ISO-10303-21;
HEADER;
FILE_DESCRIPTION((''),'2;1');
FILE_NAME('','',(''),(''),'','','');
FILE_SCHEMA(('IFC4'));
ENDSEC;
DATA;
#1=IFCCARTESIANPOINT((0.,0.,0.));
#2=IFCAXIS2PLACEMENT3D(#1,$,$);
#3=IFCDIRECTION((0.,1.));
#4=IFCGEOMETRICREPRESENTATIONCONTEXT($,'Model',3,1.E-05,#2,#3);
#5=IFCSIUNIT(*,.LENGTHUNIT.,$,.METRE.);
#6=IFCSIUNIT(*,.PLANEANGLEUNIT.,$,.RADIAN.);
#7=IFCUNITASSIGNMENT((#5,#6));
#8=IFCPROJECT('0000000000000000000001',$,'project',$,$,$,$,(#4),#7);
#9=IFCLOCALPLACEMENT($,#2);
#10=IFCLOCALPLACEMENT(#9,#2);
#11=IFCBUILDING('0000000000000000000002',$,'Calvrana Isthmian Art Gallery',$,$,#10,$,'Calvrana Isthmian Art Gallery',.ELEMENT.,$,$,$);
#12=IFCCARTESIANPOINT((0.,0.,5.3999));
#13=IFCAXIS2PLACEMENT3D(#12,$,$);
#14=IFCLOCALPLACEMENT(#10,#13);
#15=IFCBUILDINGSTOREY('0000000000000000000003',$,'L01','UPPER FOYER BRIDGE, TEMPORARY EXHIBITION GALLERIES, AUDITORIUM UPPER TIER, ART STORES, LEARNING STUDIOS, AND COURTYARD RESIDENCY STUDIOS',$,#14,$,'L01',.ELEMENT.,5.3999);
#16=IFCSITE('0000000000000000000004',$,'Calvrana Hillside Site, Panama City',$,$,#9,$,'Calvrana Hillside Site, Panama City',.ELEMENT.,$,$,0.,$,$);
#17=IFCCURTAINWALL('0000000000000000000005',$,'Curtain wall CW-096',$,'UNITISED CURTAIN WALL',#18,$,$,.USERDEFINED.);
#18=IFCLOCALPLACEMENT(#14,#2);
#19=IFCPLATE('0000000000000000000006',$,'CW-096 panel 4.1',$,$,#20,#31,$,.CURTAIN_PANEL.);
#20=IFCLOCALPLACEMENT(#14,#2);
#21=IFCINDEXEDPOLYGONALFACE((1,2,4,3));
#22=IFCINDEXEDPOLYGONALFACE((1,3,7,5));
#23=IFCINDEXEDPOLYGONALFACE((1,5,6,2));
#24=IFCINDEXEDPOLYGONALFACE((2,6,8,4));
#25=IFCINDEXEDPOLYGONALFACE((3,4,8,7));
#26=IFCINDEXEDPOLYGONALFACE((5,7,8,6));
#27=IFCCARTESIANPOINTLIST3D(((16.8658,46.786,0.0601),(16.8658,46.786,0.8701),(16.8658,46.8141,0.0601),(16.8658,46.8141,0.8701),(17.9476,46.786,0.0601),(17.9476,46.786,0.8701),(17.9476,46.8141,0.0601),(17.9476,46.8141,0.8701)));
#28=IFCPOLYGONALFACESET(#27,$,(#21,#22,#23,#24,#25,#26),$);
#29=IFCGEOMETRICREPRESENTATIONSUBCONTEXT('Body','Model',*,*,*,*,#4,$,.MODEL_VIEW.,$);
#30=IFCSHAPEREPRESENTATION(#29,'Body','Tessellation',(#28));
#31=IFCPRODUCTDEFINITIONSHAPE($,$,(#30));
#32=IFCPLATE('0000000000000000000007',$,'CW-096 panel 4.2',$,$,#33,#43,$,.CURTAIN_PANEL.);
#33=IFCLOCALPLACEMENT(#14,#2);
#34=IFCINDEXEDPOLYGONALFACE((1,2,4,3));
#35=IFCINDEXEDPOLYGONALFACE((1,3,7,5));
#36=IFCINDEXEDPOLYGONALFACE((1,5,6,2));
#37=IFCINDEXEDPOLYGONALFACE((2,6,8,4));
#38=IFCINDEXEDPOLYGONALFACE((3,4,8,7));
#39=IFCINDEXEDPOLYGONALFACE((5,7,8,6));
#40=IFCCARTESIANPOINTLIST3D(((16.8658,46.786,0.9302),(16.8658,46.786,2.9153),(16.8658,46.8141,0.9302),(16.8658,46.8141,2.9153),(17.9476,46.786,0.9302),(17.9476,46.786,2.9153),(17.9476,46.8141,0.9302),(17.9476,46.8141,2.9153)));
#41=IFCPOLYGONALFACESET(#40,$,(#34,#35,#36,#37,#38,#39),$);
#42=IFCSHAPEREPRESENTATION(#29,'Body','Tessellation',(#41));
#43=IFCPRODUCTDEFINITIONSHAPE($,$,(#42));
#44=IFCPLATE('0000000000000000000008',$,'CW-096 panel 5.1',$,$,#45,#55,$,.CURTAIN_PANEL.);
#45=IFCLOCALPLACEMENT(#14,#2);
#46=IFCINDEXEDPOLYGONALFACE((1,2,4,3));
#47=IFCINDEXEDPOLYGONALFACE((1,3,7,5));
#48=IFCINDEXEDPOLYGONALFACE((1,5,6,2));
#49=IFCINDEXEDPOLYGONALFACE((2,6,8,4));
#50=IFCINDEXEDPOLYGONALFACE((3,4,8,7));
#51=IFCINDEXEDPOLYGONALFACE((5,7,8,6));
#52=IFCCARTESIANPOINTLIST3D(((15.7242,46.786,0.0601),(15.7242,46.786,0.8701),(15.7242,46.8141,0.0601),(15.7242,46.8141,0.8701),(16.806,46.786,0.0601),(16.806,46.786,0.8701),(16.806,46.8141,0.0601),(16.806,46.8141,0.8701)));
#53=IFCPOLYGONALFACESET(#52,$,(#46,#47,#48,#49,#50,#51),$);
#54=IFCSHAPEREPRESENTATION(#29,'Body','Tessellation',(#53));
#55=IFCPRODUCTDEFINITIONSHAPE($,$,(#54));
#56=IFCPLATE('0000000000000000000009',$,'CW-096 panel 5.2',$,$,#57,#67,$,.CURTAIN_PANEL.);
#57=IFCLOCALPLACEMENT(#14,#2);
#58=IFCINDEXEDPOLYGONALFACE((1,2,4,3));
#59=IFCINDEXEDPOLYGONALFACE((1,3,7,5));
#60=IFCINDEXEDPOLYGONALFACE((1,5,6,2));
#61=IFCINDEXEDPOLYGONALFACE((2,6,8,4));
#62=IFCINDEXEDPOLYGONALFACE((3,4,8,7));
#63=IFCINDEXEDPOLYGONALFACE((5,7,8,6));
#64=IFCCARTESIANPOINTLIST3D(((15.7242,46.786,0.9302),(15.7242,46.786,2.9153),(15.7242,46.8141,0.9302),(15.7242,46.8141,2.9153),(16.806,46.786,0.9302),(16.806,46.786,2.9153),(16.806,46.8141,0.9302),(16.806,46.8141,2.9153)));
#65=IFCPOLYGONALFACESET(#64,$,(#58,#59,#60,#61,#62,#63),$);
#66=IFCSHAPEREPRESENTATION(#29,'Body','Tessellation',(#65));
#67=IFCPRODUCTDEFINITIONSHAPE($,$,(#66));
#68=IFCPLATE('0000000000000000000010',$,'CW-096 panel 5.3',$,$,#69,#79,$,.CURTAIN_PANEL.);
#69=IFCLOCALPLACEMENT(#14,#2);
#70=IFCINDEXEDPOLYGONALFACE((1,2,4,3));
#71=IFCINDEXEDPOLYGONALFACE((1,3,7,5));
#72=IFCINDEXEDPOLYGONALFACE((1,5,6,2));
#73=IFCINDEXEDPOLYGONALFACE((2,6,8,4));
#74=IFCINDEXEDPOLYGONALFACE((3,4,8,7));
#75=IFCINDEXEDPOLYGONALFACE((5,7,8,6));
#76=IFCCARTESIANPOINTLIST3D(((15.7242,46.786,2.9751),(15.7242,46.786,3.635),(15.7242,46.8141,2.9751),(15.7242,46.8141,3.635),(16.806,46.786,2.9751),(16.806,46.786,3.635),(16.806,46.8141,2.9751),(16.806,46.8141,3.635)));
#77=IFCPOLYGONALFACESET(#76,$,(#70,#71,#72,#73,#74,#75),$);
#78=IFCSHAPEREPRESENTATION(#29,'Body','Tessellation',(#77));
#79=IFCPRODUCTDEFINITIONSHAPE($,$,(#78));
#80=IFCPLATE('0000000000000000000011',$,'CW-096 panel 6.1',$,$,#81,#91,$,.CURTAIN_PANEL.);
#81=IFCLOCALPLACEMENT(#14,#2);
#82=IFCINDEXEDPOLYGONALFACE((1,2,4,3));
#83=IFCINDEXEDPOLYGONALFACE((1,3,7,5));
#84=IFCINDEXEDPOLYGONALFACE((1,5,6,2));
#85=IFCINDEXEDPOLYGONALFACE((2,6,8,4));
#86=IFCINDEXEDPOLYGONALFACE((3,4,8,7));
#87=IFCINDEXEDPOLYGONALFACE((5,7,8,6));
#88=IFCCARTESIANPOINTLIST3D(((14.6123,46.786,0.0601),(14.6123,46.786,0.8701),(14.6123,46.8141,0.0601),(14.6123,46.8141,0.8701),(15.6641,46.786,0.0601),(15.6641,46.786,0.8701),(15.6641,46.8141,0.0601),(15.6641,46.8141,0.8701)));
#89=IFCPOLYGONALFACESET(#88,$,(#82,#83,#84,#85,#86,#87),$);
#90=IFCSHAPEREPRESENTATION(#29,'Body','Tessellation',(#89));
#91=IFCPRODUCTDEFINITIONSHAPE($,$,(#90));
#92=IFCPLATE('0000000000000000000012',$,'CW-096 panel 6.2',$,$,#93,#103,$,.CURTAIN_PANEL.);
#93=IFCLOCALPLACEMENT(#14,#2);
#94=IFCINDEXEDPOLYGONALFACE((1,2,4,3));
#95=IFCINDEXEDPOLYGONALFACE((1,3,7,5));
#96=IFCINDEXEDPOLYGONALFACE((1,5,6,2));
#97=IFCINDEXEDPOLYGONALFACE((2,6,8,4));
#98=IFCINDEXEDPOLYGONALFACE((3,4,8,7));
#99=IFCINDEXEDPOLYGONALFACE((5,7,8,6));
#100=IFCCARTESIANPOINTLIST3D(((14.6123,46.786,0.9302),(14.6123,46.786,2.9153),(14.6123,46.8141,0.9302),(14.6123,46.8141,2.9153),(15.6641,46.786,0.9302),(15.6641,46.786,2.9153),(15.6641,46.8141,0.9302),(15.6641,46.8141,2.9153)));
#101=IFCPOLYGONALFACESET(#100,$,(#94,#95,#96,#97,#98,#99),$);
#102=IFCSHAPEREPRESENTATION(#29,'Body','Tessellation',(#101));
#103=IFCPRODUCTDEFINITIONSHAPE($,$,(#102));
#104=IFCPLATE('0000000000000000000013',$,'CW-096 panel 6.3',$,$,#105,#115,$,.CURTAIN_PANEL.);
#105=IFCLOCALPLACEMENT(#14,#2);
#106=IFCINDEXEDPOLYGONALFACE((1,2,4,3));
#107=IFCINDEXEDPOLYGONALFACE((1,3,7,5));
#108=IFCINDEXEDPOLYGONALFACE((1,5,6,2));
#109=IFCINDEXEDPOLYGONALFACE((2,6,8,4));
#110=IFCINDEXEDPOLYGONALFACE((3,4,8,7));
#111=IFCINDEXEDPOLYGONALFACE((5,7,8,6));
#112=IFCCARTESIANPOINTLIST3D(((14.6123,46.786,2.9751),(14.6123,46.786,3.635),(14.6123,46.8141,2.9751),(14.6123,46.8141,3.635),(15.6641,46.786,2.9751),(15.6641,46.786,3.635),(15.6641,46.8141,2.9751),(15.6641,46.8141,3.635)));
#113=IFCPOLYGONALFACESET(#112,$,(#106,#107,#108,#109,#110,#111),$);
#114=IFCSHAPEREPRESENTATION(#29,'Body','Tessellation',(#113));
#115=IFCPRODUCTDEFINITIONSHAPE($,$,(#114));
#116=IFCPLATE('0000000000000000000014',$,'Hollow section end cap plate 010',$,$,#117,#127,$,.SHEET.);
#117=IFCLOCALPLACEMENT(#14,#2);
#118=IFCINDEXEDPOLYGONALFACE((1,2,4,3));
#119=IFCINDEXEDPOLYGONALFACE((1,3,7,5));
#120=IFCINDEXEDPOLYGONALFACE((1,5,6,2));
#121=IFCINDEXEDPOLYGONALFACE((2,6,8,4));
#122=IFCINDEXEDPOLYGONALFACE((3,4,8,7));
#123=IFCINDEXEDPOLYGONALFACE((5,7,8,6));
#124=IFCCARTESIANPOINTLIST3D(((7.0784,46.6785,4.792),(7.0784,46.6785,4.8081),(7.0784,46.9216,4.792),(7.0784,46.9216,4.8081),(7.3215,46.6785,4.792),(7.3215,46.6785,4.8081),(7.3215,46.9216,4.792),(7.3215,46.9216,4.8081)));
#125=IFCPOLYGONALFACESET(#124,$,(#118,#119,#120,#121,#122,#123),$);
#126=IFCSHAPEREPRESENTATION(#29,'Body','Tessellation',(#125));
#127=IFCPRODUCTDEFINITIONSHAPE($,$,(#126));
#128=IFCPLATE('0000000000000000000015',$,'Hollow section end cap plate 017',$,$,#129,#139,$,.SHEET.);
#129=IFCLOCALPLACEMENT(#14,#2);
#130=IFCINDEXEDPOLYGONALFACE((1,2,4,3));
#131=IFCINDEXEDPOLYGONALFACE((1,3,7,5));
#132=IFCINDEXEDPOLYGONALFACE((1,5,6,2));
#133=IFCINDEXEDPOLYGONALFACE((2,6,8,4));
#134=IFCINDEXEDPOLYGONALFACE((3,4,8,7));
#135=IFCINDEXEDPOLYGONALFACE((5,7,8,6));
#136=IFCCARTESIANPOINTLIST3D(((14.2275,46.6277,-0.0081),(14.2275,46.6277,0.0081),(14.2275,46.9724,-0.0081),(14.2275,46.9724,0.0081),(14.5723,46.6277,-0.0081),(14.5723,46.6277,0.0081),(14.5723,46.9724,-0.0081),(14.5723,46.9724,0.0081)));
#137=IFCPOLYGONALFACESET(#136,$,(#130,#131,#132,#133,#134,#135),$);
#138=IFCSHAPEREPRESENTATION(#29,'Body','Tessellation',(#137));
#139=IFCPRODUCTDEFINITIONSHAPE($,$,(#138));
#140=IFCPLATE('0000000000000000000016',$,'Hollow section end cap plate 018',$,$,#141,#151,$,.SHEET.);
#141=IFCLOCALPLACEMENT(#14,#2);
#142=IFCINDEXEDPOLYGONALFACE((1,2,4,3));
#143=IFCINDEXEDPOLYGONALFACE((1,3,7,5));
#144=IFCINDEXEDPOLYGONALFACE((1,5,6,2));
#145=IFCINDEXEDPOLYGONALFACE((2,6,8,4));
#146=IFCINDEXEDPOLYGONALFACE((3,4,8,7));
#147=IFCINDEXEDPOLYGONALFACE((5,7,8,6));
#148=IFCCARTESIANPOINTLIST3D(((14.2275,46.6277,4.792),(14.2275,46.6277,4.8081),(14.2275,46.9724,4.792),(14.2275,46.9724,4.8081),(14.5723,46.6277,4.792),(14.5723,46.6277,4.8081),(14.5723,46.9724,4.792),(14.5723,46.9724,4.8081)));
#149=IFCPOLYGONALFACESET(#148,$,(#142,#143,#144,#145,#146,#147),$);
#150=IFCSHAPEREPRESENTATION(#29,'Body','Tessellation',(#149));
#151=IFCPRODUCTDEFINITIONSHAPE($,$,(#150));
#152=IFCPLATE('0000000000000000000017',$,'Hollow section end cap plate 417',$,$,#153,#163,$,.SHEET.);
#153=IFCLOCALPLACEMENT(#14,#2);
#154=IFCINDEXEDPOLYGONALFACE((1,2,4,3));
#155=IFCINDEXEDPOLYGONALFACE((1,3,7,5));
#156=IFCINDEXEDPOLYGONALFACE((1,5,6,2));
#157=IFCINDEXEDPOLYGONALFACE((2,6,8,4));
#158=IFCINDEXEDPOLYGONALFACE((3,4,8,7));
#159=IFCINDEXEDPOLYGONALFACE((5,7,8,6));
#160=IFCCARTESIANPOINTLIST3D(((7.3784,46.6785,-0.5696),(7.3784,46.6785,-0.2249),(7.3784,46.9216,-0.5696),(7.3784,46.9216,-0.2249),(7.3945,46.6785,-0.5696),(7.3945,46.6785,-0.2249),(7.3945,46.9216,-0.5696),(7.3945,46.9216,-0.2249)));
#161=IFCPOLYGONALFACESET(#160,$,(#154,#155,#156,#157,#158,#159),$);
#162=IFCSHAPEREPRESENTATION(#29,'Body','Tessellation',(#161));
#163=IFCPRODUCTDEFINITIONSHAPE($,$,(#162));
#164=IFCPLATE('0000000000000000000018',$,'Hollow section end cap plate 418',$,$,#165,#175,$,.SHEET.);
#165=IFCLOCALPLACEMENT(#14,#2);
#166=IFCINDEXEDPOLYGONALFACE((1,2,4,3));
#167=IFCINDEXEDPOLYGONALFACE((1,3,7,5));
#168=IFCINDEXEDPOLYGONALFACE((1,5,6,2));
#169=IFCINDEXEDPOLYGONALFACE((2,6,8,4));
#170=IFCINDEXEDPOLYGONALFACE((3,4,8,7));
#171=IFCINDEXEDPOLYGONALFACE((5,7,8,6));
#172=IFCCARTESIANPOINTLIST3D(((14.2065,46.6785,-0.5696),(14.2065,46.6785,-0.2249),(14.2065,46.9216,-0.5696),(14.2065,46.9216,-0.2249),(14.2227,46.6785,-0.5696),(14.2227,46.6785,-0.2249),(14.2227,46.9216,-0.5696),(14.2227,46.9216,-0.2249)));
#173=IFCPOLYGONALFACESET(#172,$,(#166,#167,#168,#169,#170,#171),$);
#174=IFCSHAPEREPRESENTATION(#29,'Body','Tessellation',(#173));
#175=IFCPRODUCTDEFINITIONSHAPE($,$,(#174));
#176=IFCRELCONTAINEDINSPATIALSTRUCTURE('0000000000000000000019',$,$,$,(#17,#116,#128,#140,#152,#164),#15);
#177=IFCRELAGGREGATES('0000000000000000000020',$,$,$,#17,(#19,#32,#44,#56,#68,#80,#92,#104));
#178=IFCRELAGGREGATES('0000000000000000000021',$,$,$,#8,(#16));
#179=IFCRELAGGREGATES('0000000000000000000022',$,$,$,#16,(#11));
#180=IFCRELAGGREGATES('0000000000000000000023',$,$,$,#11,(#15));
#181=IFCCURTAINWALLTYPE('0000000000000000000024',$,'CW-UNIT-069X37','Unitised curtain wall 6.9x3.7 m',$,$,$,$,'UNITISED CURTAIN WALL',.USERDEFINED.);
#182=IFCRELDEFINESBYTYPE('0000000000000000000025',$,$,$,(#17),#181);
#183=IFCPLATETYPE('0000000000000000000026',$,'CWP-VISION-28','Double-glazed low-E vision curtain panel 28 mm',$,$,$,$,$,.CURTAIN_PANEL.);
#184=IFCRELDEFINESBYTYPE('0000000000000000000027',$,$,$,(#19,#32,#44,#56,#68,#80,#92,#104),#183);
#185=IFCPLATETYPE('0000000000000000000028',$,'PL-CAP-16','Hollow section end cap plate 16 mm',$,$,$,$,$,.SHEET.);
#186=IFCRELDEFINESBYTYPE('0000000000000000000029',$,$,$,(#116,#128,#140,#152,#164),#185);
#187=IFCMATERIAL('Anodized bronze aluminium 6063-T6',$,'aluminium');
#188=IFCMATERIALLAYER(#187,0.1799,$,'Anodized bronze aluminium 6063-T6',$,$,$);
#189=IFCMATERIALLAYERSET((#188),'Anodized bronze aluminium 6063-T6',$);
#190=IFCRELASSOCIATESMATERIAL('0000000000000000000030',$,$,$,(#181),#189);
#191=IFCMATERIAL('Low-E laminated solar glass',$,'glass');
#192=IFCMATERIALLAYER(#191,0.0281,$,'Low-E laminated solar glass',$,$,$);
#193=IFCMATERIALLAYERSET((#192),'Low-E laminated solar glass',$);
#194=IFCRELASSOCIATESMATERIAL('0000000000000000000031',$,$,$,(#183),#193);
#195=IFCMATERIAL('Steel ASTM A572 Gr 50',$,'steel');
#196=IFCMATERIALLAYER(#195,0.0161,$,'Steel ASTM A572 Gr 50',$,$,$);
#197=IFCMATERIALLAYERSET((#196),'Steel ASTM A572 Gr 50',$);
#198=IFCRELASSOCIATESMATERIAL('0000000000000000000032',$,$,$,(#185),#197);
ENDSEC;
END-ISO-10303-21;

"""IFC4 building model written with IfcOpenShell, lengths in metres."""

from ifc_helpers import new_model, si_unit, direction, frame, origin, origin_2d, place, context, subcontext, project, spatial, rectangle, extrude, material, layer, layer_set, type_object, element, aggregate, save


model = new_model("IFC4")

# Units and contexts
model_context = context("Model", 3, precision=1e-05, world=origin(), true_north=direction((0.0, 1.0)))
body_context = subcontext(model_context, "Body", "Model", "MODEL_VIEW")
ifc_project = project(units=[si_unit("LENGTHUNIT", "METRE"), si_unit("PLANEANGLEUNIT", "RADIAN")], contexts=[model_context])

# Site, building, storey
site_placement = place(None, origin())
site = spatial("IfcSite", under=ifc_project, at=site_placement, Name="Calvrana Hillside Site, Panama City", LongName="Calvrana Hillside Site, Panama City", CompositionType="ELEMENT", RefElevation=0.0)
building_placement = place(site_placement, origin())
building = spatial("IfcBuilding", under=site, at=building_placement, Name="Calvrana Isthmian Art Gallery", LongName="Calvrana Isthmian Art Gallery", CompositionType="ELEMENT")
storey_placement = place(building_placement, frame((0.0, 0.0, 5.3999)))
storey = spatial("IfcBuildingStorey", under=building, at=storey_placement, Name="L01", Description="UPPER FOYER BRIDGE, TEMPORARY EXHIBITION GALLERIES, AUDITORIUM UPPER TIER, ART STORES, LEARNING STUDIOS, AND COURTYARD RESIDENCY STUDIOS", LongName="L01", CompositionType="ELEMENT", Elevation=5.3999)

# Curtain wall
ifc_material_1 = material(Name="Anodized bronze aluminium 6063-T6", Category="aluminium")
ifc_layer_1 = layer(ifc_material_1, 0.1799, Name="Anodized bronze aluminium 6063-T6")
ifc_layer_set_1 = layer_set([ifc_layer_1], Name="Anodized bronze aluminium 6063-T6")
curtain_wall_type_1 = type_object("IfcCurtainWallType", Name="CW-UNIT-069X37", Description="Unitised curtain wall 6.9x3.7 m", ElementType="UNITISED CURTAIN WALL", PredefinedType="USERDEFINED", material=ifc_layer_set_1)
curtain_wall_1_placement = place(storey_placement, origin())
curtain_wall_1 = element("IfcCurtainWall", 1, at=curtain_wall_1_placement, inside=storey, type_object=curtain_wall_type_1, Name="Curtain wall CW-096", ObjectType="UNITISED CURTAIN WALL", PredefinedType="USERDEFINED")

# Plates
ifc_material_2 = material(Name="Low-E laminated solar glass", Category="glass")
ifc_layer_2 = layer(ifc_material_2, 0.0281, Name="Low-E laminated solar glass")
ifc_layer_set_2 = layer_set([ifc_layer_2], Name="Low-E laminated solar glass")
plate_type_1 = type_object("IfcPlateType", Name="CWP-VISION-28", Description="Double-glazed low-E vision curtain panel 28 mm", PredefinedType="CURTAIN_PANEL", material=ifc_layer_set_2)
plate_1_placement = place(storey_placement, frame((17.4067, 46.8, 0.0601), z_axis=(0.0, 0.0, 1.0), x_axis=(-1.0, 0.0, 0.0)))
plate_1 = element("IfcPlate", 2, at=plate_1_placement, type_object=plate_type_1, Name="CW-096 panel 4.1", PredefinedType="CURTAIN_PANEL", context=body_context, shape_type="SweptSolid", body=[
    extrude(rectangle(XDim=1.0818, YDim=0.0281, at=origin_2d()), origin(), (0.0, 0.0, 1.0), 0.8101),
])
plate_2_placement = place(storey_placement, frame((17.4067, 46.8, 0.9302), z_axis=(0.0, 0.0, 1.0), x_axis=(-1.0, 0.0, 0.0)))
plate_2 = element("IfcPlate", 3, at=plate_2_placement, type_object=plate_type_1, Name="CW-096 panel 4.2", PredefinedType="CURTAIN_PANEL", context=body_context, shape_type="SweptSolid", body=[
    extrude(rectangle(XDim=1.0818, YDim=0.0281, at=origin_2d()), origin(), (0.0, 0.0, 1.0), 1.9851),
])
plate_3_placement = place(storey_placement, frame((16.2651, 46.8, 0.0601), z_axis=(0.0, 0.0, 1.0), x_axis=(-1.0, 0.0, 0.0)))
plate_3 = element("IfcPlate", 4, at=plate_3_placement, type_object=plate_type_1, Name="CW-096 panel 5.1", PredefinedType="CURTAIN_PANEL", context=body_context, shape_type="SweptSolid", body=[
    extrude(rectangle(XDim=1.0818, YDim=0.0281, at=origin_2d()), origin(), (0.0, 0.0, 1.0), 0.8101),
])
plate_4_placement = place(storey_placement, frame((16.2651, 46.8, 0.9302), z_axis=(0.0, 0.0, 1.0), x_axis=(-1.0, 0.0, 0.0)))
plate_4 = element("IfcPlate", 5, at=plate_4_placement, type_object=plate_type_1, Name="CW-096 panel 5.2", PredefinedType="CURTAIN_PANEL", context=body_context, shape_type="SweptSolid", body=[
    extrude(rectangle(XDim=1.0818, YDim=0.0281, at=origin_2d()), origin(), (0.0, 0.0, 1.0), 1.9851),
])
plate_5_placement = place(storey_placement, frame((16.2651, 46.8, 2.9751), z_axis=(0.0, 0.0, 1.0), x_axis=(-1.0, 0.0, 0.0)))
plate_5 = element("IfcPlate", 6, at=plate_5_placement, type_object=plate_type_1, Name="CW-096 panel 5.3", PredefinedType="CURTAIN_PANEL", context=body_context, shape_type="SweptSolid", body=[
    extrude(rectangle(XDim=1.0818, YDim=0.0281, at=origin_2d()), origin(), (0.0, 0.0, 1.0), 0.6599),
])
plate_6_placement = place(storey_placement, frame((15.1382, 46.8, 0.0601), z_axis=(0.0, 0.0, 1.0), x_axis=(-1.0, 0.0, 0.0)))
plate_6 = element("IfcPlate", 7, at=plate_6_placement, type_object=plate_type_1, Name="CW-096 panel 6.1", PredefinedType="CURTAIN_PANEL", context=body_context, shape_type="SweptSolid", body=[
    extrude(rectangle(XDim=1.0518, YDim=0.0281, at=origin_2d()), origin(), (0.0, 0.0, 1.0), 0.8101),
])
plate_7_placement = place(storey_placement, frame((15.1382, 46.8, 0.9302), z_axis=(0.0, 0.0, 1.0), x_axis=(-1.0, 0.0, 0.0)))
plate_7 = element("IfcPlate", 8, at=plate_7_placement, type_object=plate_type_1, Name="CW-096 panel 6.2", PredefinedType="CURTAIN_PANEL", context=body_context, shape_type="SweptSolid", body=[
    extrude(rectangle(XDim=1.0518, YDim=0.0281, at=origin_2d()), origin(), (0.0, 0.0, 1.0), 1.9851),
])
plate_8_placement = place(storey_placement, frame((15.1382, 46.8, 2.9751), z_axis=(0.0, 0.0, 1.0), x_axis=(-1.0, 0.0, 0.0)))
plate_8 = element("IfcPlate", 9, at=plate_8_placement, type_object=plate_type_1, Name="CW-096 panel 6.3", PredefinedType="CURTAIN_PANEL", context=body_context, shape_type="SweptSolid", body=[
    extrude(rectangle(XDim=1.0518, YDim=0.0281, at=origin_2d()), origin(), (0.0, 0.0, 1.0), 0.6599),
])
aggregate(curtain_wall_1, [plate_1, plate_2, plate_3, plate_4, plate_5, plate_6, plate_7, plate_8])

# Plates
ifc_material_3 = material(Name="Steel ASTM A572 Gr 50", Category="steel")
ifc_layer_3 = layer(ifc_material_3, 0.0161, Name="Steel ASTM A572 Gr 50")
ifc_layer_set_3 = layer_set([ifc_layer_3], Name="Steel ASTM A572 Gr 50")
plate_type_2 = type_object("IfcPlateType", Name="PL-CAP-16", Description="Hollow section end cap plate 16 mm", PredefinedType="SHEET", material=ifc_layer_set_3)
plate_9_placement = place(storey_placement, frame((7.2, 46.8, 4.792), z_axis=(0.0, 0.0, 1.0), x_axis=(1.0, 0.0, 0.0)))
element("IfcPlate", 10, at=plate_9_placement, inside=storey, type_object=plate_type_2, Name="Hollow section end cap plate 010", PredefinedType="SHEET", context=body_context, shape_type="SweptSolid", body=[
    extrude(rectangle(XDim=0.2432, YDim=0.2432, at=origin_2d()), origin(), (0.0, 0.0, 1.0), 0.0161),
])
for number, where, z_axis, x_axis, name in (
    (11, (14.3999, 46.8, -0.0081), (0.0, 0.0, 1.0), (1.0, 0.0, 0.0), "Hollow section end cap plate 017"),
    (12, (14.3999, 46.8, 4.792), (0.0, 0.0, 1.0), (1.0, 0.0, 0.0), "Hollow section end cap plate 018"),
):
    element("IfcPlate", number, at=place(storey_placement, frame(where, z_axis=z_axis, x_axis=x_axis)), inside=storey, type_object=plate_type_2, Name=name, PredefinedType="SHEET", context=body_context, shape_type="SweptSolid", body=[
        extrude(rectangle(XDim=0.3447, YDim=0.3447, at=origin_2d()), origin(), (0.0, 0.0, 1.0), 0.0161),
    ])
for number, where, z_axis, x_axis, name in (
    (13, (7.3865, 46.8, -0.5696), (0.0, 0.0, 1.0), (1.0, 0.0, 0.0), "Hollow section end cap plate 417"),
    (14, (14.2146, 46.8, -0.5696), (0.0, 0.0, 1.0), (1.0, 0.0, 0.0), "Hollow section end cap plate 418"),
):
    element("IfcPlate", number, at=place(storey_placement, frame(where, z_axis=z_axis, x_axis=x_axis)), inside=storey, type_object=plate_type_2, Name=name, PredefinedType="SHEET", context=body_context, shape_type="SweptSolid", body=[
        extrude(rectangle(XDim=0.0161, YDim=0.2432, at=origin_2d()), origin(), (0.0, 0.0, 1.0), 0.3447),
    ])

save(model, "model.ifc")
